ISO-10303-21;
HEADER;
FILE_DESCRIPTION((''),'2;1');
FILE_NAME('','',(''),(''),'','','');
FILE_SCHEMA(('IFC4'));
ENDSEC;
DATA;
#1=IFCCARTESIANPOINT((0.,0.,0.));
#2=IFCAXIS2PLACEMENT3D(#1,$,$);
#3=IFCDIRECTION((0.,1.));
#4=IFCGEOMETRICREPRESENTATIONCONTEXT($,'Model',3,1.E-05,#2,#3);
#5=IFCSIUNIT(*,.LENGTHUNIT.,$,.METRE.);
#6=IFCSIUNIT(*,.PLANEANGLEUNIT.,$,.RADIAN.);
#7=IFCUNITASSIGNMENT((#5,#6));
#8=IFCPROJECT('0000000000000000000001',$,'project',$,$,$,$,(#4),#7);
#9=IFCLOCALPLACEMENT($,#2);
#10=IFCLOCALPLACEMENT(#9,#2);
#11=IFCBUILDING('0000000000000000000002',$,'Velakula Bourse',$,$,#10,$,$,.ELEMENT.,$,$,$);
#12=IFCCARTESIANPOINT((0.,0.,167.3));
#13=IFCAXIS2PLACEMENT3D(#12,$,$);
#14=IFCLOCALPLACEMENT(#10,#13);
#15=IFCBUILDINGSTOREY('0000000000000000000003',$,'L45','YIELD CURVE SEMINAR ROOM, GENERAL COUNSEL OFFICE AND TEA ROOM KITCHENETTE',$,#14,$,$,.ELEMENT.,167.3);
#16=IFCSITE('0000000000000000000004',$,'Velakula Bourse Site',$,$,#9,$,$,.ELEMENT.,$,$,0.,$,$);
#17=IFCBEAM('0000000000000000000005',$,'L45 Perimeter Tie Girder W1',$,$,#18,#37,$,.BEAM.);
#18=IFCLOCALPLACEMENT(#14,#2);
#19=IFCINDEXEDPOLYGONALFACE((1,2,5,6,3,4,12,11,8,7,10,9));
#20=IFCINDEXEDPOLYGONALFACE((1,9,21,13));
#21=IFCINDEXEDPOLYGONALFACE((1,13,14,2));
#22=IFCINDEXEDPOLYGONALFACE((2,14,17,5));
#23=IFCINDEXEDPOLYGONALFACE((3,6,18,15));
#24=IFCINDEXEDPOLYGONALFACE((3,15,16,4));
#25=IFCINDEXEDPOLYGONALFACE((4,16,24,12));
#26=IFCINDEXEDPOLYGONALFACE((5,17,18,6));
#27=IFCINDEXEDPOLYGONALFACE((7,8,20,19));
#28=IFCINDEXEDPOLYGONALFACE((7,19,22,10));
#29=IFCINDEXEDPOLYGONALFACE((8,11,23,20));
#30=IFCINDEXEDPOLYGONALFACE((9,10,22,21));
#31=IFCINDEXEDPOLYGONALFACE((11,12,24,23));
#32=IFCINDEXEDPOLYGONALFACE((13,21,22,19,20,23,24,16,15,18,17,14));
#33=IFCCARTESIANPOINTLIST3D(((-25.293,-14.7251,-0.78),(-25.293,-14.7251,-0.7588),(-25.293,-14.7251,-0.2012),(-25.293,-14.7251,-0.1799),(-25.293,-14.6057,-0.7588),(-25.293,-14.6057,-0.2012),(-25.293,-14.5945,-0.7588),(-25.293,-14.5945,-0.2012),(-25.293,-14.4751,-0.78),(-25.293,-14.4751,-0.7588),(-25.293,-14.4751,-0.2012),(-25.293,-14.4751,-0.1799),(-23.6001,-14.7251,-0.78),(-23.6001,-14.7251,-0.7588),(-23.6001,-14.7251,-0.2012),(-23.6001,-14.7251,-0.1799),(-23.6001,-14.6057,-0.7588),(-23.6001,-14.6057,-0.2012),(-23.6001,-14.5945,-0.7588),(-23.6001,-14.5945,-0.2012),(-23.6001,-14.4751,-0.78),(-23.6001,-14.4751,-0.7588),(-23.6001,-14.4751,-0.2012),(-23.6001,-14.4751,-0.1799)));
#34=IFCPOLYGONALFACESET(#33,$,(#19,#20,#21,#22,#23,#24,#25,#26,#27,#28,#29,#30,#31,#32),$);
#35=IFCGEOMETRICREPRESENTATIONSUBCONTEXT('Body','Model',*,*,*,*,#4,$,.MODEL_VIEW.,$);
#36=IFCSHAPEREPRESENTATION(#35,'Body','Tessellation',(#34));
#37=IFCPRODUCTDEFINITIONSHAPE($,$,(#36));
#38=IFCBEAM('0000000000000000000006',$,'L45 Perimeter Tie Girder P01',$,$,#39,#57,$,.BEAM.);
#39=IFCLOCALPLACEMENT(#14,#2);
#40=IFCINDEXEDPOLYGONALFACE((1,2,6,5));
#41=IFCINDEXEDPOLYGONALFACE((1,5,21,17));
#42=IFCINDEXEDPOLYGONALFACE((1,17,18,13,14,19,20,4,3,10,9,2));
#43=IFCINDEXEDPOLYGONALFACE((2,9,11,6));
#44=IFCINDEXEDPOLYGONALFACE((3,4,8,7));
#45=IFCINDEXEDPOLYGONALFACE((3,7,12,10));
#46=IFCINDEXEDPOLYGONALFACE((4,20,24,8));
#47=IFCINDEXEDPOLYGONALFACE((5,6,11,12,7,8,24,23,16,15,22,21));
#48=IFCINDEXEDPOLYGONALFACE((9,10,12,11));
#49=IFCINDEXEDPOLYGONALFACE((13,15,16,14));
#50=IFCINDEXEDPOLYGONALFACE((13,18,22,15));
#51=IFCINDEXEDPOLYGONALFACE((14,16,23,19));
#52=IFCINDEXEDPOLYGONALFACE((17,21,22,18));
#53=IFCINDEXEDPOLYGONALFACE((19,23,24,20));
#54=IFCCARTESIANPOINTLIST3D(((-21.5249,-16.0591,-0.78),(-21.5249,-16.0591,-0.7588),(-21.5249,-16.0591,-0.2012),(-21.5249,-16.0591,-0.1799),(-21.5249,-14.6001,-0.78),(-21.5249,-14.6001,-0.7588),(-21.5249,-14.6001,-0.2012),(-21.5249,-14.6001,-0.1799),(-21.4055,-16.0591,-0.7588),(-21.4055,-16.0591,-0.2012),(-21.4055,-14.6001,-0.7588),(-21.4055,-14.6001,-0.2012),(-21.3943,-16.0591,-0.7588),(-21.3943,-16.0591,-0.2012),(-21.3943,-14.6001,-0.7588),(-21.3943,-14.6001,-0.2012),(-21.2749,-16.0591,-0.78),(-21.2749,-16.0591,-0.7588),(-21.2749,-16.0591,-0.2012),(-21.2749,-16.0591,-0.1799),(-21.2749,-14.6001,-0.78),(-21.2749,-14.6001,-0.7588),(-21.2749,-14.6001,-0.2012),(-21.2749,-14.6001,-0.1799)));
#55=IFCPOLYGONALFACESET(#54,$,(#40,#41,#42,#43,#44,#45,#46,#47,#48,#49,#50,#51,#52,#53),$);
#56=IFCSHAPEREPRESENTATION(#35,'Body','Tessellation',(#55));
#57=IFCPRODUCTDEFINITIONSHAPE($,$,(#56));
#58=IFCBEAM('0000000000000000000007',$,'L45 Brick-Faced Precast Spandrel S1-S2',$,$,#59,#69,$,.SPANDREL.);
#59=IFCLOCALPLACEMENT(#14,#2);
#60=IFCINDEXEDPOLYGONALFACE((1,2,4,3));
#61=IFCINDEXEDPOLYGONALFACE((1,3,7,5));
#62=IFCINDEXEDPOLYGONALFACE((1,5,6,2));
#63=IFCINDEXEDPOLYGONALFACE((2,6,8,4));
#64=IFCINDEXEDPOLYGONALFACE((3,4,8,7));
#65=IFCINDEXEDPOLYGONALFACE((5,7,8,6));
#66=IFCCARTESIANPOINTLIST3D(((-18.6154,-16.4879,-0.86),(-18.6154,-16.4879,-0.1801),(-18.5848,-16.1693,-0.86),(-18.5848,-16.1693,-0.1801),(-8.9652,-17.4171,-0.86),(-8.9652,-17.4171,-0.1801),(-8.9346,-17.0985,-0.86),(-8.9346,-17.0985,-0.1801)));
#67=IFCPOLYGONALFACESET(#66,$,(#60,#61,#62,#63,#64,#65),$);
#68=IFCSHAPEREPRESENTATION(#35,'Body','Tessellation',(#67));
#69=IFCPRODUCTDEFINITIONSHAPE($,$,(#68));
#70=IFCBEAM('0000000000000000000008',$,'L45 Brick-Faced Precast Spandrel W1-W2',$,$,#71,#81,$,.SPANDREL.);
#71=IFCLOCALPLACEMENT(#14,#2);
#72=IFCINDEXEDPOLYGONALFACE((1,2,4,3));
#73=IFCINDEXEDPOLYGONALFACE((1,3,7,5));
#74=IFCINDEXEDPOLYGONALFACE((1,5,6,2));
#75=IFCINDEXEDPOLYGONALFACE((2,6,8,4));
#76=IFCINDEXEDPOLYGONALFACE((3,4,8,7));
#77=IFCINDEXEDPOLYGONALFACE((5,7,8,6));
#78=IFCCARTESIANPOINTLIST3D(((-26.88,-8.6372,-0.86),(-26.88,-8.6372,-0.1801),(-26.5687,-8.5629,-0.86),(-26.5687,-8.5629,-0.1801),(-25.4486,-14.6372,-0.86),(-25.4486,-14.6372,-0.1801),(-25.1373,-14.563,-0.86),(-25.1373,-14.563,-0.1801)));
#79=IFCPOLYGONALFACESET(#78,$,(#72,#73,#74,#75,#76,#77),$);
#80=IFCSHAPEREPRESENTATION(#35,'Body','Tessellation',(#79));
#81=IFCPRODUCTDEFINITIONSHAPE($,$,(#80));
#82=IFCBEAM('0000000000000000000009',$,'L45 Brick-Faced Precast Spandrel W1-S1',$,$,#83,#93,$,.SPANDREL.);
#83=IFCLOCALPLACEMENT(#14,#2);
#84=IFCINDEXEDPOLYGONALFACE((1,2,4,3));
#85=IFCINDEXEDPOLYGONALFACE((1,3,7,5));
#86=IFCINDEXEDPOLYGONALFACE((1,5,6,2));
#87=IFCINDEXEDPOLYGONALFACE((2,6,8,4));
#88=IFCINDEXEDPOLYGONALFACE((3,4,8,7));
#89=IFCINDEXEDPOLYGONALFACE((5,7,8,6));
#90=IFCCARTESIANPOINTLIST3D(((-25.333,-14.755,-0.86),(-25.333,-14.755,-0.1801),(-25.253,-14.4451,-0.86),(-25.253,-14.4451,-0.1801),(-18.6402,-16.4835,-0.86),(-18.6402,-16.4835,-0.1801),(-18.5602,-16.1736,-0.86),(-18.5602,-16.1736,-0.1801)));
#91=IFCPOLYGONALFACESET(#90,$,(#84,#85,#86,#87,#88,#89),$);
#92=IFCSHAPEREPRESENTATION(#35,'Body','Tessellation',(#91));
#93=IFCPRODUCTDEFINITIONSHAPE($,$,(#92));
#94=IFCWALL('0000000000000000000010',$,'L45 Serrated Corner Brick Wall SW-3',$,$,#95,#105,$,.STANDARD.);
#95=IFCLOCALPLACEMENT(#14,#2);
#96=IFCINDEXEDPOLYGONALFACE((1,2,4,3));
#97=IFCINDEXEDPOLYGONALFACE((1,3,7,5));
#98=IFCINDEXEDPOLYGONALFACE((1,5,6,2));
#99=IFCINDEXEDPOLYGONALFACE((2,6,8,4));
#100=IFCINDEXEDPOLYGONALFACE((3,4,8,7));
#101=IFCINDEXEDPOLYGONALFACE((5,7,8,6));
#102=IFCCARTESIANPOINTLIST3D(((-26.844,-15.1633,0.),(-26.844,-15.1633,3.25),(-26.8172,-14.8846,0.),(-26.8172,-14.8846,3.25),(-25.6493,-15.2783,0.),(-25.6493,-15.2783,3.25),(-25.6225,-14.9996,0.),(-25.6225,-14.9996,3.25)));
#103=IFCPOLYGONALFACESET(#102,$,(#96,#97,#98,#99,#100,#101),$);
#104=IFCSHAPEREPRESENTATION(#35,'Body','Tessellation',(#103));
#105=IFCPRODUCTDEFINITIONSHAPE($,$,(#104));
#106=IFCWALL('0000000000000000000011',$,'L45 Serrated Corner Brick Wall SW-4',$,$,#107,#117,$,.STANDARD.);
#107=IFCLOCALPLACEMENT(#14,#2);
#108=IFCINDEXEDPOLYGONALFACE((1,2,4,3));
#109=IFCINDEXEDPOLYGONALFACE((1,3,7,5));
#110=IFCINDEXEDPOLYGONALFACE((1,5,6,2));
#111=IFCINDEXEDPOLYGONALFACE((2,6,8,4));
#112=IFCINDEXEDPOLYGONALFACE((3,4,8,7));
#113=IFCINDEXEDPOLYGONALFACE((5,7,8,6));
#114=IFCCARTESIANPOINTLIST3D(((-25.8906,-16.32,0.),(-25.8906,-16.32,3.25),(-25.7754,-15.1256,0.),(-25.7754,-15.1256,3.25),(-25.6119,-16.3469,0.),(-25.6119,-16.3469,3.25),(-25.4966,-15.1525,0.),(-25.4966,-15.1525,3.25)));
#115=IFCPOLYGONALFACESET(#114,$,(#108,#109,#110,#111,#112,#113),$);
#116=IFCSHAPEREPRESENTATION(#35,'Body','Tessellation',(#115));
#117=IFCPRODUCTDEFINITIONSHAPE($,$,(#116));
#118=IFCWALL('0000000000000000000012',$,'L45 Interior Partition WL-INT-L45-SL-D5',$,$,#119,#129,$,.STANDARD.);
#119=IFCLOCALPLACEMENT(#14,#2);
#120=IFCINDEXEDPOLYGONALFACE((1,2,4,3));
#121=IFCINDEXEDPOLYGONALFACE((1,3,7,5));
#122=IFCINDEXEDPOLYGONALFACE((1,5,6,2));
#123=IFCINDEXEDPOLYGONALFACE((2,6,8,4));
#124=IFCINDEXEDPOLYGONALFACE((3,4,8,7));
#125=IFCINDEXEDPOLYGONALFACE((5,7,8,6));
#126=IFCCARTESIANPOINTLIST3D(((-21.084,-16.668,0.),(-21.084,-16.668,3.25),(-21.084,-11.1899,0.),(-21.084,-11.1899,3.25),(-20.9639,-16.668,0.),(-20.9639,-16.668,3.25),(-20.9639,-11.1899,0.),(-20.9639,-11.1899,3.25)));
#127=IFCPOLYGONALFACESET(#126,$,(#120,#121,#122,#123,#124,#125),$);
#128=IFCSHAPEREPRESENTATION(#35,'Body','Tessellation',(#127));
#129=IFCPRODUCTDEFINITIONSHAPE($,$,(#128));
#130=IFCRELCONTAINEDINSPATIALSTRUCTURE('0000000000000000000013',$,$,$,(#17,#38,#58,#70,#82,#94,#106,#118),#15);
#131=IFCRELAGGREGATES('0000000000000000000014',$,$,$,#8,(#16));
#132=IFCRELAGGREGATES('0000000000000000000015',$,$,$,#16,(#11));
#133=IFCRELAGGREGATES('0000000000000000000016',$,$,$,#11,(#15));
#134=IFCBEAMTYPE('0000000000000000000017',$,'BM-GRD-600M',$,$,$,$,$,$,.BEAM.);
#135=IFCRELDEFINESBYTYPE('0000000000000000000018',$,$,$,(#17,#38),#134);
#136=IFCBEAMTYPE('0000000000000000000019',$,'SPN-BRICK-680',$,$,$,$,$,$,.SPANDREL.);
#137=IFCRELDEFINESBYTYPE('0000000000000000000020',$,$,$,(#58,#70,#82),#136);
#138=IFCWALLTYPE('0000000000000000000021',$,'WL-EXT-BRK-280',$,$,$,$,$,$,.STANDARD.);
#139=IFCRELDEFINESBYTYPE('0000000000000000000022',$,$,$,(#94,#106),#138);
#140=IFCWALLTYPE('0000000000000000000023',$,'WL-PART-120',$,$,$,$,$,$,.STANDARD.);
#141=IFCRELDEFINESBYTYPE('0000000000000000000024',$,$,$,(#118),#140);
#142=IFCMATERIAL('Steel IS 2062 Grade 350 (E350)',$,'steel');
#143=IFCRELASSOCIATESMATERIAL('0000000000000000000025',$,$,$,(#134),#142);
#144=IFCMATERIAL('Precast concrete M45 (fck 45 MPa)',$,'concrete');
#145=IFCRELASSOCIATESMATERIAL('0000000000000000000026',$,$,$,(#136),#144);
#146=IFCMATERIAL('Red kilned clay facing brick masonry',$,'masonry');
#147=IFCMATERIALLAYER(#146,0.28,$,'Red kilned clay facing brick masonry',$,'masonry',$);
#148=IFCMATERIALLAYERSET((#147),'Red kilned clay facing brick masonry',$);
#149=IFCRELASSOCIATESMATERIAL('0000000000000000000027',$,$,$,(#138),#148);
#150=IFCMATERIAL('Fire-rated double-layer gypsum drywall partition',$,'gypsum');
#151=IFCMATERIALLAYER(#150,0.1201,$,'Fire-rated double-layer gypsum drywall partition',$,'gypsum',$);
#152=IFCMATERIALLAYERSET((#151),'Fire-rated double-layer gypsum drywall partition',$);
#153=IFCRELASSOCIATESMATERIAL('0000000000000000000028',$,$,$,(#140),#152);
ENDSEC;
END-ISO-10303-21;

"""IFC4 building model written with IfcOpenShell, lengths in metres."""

from ifc_helpers import new_model, si_unit, direction, frame, frame_2d, origin, origin_2d, place, context, subcontext, project, spatial, rectangle, i_section, extrude, material, layer, layer_set, material_profile, profile_set, type_object, element, save


model = new_model("IFC4")

# Units and contexts
model_context = context("Model", 3, precision=1e-05, world=origin(), true_north=direction((0.0, 1.0)))
body_context = subcontext(model_context, "Body", "Model", "MODEL_VIEW")
ifc_project = project(units=[si_unit("LENGTHUNIT", "METRE"), si_unit("PLANEANGLEUNIT", "RADIAN")], contexts=[model_context])

# Site, building, storey
site_placement = place(None, origin())
site = spatial("IfcSite", under=ifc_project, at=site_placement, Name="Velakula Bourse Site", CompositionType="ELEMENT", RefElevation=0.0)
building_placement = place(site_placement, origin())
building = spatial("IfcBuilding", under=site, at=building_placement, Name="Velakula Bourse", CompositionType="ELEMENT")
storey_placement = place(building_placement, frame((0.0, 0.0, 167.3)))
storey = spatial("IfcBuildingStorey", under=building, at=storey_placement, Name="L45", Description="YIELD CURVE SEMINAR ROOM, GENERAL COUNSEL OFFICE AND TEA ROOM KITCHENETTE", CompositionType="ELEMENT", Elevation=167.3)

# Shared definitions
ifc_material_1 = material(Name="Steel IS 2062 Grade 350 (E350)", Category="steel")
ifc_material_2 = material(Name="Precast concrete M45 (fck 45 MPa)", Category="concrete")

# Beams
ifc_material_profile_1 = material_profile(ifc_material_1, i_section(OverallWidth=0.25, OverallDepth=0.6001, WebThickness=0.0112, FlangeThickness=0.0212, at=origin_2d()), Name="Steel IS 2062 Grade 350 (E350)")
ifc_profile_set_1 = profile_set([ifc_material_profile_1], Name="Steel IS 2062 Grade 350 (E350)")
beam_type_1 = type_object("IfcBeamType", Name="BM-GRD-600M", PredefinedType="BEAM", material=ifc_profile_set_1)
beam_1_placement = place(storey_placement, frame((-23.6001, -14.6001, -0.48), z_axis=(-1.0, 0.0, 0.0), x_axis=(0.0, -1.0, 0.0)))
element("IfcBeam", 1, at=beam_1_placement, inside=storey, type_object=beam_type_1, Name="L45 Perimeter Tie Girder W1", PredefinedType="BEAM", context=body_context, shape_type="SweptSolid", body=[
    extrude(i_section(OverallWidth=0.25, OverallDepth=0.6001, WebThickness=0.0112, FlangeThickness=0.0212, at=origin_2d()), origin(), (0.0, 0.0, 1.0), 1.6929),
])
beam_2_placement = place(storey_placement, frame((-21.3999, -14.6001, -0.48), z_axis=(0.0, -1.0, 0.0), x_axis=(1.0, 0.0, 0.0)))
element("IfcBeam", 2, at=beam_2_placement, inside=storey, type_object=beam_type_1, Name="L45 Perimeter Tie Girder P01", PredefinedType="BEAM", context=body_context, shape_type="SweptSolid", body=[
    extrude(i_section(OverallWidth=0.25, OverallDepth=0.6001, WebThickness=0.0112, FlangeThickness=0.0212, at=origin_2d()), origin(), (0.0, 0.0, 1.0), 1.459),
])
ifc_material_profile_2 = material_profile(ifc_material_2, rectangle(XDim=0.3201, YDim=0.6799, at=origin_2d()), Name="Precast concrete M45 (fck 45 MPa)")
ifc_profile_set_2 = profile_set([ifc_material_profile_2], Name="Precast concrete M45 (fck 45 MPa)")
beam_type_2 = type_object("IfcBeamType", Name="SPN-BRICK-680", PredefinedType="SPANDREL", material=ifc_profile_set_2)
beam_3_placement = place(storey_placement, frame((-18.6001, -16.3286, -0.52), z_axis=(0.995396, -0.095845, 0.0), x_axis=(0.095845, 0.995396, 0.0)))
element("IfcBeam", 3, at=beam_3_placement, inside=storey, type_object=beam_type_2, Name="L45 Brick-Faced Precast Spandrel S1-S2", PredefinedType="SPANDREL", context=body_context, shape_type="SweptSolid", body=[
    extrude(rectangle(XDim=0.3201, YDim=0.6799, at=origin_2d()), origin(), (0.0, 0.0, 1.0), 9.6948),
])
beam_4_placement = place(storey_placement, frame((-25.293, -14.6001, -0.52), z_axis=(-0.232054, 0.972703, 0.0), x_axis=(-0.972703, -0.232054, 0.0)))
element("IfcBeam", 4, at=beam_4_placement, inside=storey, type_object=beam_type_2, Name="L45 Brick-Faced Precast Spandrel W1-W2", PredefinedType="SPANDREL", context=body_context, shape_type="SweptSolid", body=[
    extrude(rectangle(XDim=0.3201, YDim=0.6799, at=origin_2d()), origin(), (0.0, 0.0, 1.0), 6.1685),
])
beam_5_placement = place(storey_placement, frame((-25.293, -14.6001, -0.52), z_axis=(0.968231, -0.250057, 0.0), x_axis=(0.250057, 0.968231, 0.0)))
element("IfcBeam", 5, at=beam_5_placement, inside=storey, type_object=beam_type_2, Name="L45 Brick-Faced Precast Spandrel W1-S1", PredefinedType="SPANDREL", context=body_context, shape_type="SweptSolid", body=[
    extrude(rectangle(XDim=0.3201, YDim=0.6799, at=origin_2d()), origin(), (0.0, 0.0, 1.0), 6.9124),
])

# Walls
ifc_material_3 = material(Name="Red kilned clay facing brick masonry", Category="masonry")
ifc_layer_1 = layer(ifc_material_3, 0.28, Name="Red kilned clay facing brick masonry", Category="masonry")
ifc_layer_set_1 = layer_set([ifc_layer_1], Name="Red kilned clay facing brick masonry")
wall_type_1 = type_object("IfcWallType", Name="WL-EXT-BRK-280", PredefinedType="STANDARD", material=ifc_layer_set_1)
wall_1_placement = place(storey_placement, frame((-26.8306, -15.0239, 0.0), z_axis=(0.0, 0.0, 1.0), x_axis=(0.995399, -0.095817, 0.0)))
element("IfcWall", 6, at=wall_1_placement, inside=storey, type_object=wall_type_1, Name="L45 Serrated Corner Brick Wall SW-3", PredefinedType="STANDARD", context=body_context, shape_type="SweptSolid", body=[
    extrude(rectangle(XDim=1.2002, YDim=0.28, at=frame_2d((0.6001, 0.0))), origin(), (0.0, 0.0, 1.0), 3.25),
])
wall_2_placement = place(storey_placement, frame((-25.636, -15.1389, 0.0), z_axis=(0.0, 0.0, 1.0), x_axis=(-0.096038, -0.995378, 0.0)))
element("IfcWall", 7, at=wall_2_placement, inside=storey, type_object=wall_type_1, Name="L45 Serrated Corner Brick Wall SW-4", PredefinedType="STANDARD", context=body_context, shape_type="SweptSolid", body=[
    extrude(rectangle(XDim=1.2, YDim=0.28, at=frame_2d((0.6001, 0.0))), origin(), (0.0, 0.0, 1.0), 3.25),
])
ifc_material_4 = material(Name="Fire-rated double-layer gypsum drywall partition", Category="gypsum")
ifc_layer_2 = layer(ifc_material_4, 0.1201, Name="Fire-rated double-layer gypsum drywall partition", Category="gypsum")
ifc_layer_set_2 = layer_set([ifc_layer_2], Name="Fire-rated double-layer gypsum drywall partition")
wall_type_2 = type_object("IfcWallType", Name="WL-PART-120", PredefinedType="STANDARD", material=ifc_layer_set_2)
wall_3_placement = place(storey_placement, frame((-21.0239, -16.668, 0.0), z_axis=(0.0, 0.0, 1.0), x_axis=(0.0, 1.0, 0.0)))
element("IfcWall", 8, at=wall_3_placement, inside=storey, type_object=wall_type_2, Name="L45 Interior Partition WL-INT-L45-SL-D5", PredefinedType="STANDARD", context=body_context, shape_type="SweptSolid", body=[
    extrude(rectangle(XDim=5.478, YDim=0.1201, at=frame_2d((2.739, 0.0))), origin(), (0.0, 0.0, 1.0), 3.25),
])

save(model, "model.ifc")
